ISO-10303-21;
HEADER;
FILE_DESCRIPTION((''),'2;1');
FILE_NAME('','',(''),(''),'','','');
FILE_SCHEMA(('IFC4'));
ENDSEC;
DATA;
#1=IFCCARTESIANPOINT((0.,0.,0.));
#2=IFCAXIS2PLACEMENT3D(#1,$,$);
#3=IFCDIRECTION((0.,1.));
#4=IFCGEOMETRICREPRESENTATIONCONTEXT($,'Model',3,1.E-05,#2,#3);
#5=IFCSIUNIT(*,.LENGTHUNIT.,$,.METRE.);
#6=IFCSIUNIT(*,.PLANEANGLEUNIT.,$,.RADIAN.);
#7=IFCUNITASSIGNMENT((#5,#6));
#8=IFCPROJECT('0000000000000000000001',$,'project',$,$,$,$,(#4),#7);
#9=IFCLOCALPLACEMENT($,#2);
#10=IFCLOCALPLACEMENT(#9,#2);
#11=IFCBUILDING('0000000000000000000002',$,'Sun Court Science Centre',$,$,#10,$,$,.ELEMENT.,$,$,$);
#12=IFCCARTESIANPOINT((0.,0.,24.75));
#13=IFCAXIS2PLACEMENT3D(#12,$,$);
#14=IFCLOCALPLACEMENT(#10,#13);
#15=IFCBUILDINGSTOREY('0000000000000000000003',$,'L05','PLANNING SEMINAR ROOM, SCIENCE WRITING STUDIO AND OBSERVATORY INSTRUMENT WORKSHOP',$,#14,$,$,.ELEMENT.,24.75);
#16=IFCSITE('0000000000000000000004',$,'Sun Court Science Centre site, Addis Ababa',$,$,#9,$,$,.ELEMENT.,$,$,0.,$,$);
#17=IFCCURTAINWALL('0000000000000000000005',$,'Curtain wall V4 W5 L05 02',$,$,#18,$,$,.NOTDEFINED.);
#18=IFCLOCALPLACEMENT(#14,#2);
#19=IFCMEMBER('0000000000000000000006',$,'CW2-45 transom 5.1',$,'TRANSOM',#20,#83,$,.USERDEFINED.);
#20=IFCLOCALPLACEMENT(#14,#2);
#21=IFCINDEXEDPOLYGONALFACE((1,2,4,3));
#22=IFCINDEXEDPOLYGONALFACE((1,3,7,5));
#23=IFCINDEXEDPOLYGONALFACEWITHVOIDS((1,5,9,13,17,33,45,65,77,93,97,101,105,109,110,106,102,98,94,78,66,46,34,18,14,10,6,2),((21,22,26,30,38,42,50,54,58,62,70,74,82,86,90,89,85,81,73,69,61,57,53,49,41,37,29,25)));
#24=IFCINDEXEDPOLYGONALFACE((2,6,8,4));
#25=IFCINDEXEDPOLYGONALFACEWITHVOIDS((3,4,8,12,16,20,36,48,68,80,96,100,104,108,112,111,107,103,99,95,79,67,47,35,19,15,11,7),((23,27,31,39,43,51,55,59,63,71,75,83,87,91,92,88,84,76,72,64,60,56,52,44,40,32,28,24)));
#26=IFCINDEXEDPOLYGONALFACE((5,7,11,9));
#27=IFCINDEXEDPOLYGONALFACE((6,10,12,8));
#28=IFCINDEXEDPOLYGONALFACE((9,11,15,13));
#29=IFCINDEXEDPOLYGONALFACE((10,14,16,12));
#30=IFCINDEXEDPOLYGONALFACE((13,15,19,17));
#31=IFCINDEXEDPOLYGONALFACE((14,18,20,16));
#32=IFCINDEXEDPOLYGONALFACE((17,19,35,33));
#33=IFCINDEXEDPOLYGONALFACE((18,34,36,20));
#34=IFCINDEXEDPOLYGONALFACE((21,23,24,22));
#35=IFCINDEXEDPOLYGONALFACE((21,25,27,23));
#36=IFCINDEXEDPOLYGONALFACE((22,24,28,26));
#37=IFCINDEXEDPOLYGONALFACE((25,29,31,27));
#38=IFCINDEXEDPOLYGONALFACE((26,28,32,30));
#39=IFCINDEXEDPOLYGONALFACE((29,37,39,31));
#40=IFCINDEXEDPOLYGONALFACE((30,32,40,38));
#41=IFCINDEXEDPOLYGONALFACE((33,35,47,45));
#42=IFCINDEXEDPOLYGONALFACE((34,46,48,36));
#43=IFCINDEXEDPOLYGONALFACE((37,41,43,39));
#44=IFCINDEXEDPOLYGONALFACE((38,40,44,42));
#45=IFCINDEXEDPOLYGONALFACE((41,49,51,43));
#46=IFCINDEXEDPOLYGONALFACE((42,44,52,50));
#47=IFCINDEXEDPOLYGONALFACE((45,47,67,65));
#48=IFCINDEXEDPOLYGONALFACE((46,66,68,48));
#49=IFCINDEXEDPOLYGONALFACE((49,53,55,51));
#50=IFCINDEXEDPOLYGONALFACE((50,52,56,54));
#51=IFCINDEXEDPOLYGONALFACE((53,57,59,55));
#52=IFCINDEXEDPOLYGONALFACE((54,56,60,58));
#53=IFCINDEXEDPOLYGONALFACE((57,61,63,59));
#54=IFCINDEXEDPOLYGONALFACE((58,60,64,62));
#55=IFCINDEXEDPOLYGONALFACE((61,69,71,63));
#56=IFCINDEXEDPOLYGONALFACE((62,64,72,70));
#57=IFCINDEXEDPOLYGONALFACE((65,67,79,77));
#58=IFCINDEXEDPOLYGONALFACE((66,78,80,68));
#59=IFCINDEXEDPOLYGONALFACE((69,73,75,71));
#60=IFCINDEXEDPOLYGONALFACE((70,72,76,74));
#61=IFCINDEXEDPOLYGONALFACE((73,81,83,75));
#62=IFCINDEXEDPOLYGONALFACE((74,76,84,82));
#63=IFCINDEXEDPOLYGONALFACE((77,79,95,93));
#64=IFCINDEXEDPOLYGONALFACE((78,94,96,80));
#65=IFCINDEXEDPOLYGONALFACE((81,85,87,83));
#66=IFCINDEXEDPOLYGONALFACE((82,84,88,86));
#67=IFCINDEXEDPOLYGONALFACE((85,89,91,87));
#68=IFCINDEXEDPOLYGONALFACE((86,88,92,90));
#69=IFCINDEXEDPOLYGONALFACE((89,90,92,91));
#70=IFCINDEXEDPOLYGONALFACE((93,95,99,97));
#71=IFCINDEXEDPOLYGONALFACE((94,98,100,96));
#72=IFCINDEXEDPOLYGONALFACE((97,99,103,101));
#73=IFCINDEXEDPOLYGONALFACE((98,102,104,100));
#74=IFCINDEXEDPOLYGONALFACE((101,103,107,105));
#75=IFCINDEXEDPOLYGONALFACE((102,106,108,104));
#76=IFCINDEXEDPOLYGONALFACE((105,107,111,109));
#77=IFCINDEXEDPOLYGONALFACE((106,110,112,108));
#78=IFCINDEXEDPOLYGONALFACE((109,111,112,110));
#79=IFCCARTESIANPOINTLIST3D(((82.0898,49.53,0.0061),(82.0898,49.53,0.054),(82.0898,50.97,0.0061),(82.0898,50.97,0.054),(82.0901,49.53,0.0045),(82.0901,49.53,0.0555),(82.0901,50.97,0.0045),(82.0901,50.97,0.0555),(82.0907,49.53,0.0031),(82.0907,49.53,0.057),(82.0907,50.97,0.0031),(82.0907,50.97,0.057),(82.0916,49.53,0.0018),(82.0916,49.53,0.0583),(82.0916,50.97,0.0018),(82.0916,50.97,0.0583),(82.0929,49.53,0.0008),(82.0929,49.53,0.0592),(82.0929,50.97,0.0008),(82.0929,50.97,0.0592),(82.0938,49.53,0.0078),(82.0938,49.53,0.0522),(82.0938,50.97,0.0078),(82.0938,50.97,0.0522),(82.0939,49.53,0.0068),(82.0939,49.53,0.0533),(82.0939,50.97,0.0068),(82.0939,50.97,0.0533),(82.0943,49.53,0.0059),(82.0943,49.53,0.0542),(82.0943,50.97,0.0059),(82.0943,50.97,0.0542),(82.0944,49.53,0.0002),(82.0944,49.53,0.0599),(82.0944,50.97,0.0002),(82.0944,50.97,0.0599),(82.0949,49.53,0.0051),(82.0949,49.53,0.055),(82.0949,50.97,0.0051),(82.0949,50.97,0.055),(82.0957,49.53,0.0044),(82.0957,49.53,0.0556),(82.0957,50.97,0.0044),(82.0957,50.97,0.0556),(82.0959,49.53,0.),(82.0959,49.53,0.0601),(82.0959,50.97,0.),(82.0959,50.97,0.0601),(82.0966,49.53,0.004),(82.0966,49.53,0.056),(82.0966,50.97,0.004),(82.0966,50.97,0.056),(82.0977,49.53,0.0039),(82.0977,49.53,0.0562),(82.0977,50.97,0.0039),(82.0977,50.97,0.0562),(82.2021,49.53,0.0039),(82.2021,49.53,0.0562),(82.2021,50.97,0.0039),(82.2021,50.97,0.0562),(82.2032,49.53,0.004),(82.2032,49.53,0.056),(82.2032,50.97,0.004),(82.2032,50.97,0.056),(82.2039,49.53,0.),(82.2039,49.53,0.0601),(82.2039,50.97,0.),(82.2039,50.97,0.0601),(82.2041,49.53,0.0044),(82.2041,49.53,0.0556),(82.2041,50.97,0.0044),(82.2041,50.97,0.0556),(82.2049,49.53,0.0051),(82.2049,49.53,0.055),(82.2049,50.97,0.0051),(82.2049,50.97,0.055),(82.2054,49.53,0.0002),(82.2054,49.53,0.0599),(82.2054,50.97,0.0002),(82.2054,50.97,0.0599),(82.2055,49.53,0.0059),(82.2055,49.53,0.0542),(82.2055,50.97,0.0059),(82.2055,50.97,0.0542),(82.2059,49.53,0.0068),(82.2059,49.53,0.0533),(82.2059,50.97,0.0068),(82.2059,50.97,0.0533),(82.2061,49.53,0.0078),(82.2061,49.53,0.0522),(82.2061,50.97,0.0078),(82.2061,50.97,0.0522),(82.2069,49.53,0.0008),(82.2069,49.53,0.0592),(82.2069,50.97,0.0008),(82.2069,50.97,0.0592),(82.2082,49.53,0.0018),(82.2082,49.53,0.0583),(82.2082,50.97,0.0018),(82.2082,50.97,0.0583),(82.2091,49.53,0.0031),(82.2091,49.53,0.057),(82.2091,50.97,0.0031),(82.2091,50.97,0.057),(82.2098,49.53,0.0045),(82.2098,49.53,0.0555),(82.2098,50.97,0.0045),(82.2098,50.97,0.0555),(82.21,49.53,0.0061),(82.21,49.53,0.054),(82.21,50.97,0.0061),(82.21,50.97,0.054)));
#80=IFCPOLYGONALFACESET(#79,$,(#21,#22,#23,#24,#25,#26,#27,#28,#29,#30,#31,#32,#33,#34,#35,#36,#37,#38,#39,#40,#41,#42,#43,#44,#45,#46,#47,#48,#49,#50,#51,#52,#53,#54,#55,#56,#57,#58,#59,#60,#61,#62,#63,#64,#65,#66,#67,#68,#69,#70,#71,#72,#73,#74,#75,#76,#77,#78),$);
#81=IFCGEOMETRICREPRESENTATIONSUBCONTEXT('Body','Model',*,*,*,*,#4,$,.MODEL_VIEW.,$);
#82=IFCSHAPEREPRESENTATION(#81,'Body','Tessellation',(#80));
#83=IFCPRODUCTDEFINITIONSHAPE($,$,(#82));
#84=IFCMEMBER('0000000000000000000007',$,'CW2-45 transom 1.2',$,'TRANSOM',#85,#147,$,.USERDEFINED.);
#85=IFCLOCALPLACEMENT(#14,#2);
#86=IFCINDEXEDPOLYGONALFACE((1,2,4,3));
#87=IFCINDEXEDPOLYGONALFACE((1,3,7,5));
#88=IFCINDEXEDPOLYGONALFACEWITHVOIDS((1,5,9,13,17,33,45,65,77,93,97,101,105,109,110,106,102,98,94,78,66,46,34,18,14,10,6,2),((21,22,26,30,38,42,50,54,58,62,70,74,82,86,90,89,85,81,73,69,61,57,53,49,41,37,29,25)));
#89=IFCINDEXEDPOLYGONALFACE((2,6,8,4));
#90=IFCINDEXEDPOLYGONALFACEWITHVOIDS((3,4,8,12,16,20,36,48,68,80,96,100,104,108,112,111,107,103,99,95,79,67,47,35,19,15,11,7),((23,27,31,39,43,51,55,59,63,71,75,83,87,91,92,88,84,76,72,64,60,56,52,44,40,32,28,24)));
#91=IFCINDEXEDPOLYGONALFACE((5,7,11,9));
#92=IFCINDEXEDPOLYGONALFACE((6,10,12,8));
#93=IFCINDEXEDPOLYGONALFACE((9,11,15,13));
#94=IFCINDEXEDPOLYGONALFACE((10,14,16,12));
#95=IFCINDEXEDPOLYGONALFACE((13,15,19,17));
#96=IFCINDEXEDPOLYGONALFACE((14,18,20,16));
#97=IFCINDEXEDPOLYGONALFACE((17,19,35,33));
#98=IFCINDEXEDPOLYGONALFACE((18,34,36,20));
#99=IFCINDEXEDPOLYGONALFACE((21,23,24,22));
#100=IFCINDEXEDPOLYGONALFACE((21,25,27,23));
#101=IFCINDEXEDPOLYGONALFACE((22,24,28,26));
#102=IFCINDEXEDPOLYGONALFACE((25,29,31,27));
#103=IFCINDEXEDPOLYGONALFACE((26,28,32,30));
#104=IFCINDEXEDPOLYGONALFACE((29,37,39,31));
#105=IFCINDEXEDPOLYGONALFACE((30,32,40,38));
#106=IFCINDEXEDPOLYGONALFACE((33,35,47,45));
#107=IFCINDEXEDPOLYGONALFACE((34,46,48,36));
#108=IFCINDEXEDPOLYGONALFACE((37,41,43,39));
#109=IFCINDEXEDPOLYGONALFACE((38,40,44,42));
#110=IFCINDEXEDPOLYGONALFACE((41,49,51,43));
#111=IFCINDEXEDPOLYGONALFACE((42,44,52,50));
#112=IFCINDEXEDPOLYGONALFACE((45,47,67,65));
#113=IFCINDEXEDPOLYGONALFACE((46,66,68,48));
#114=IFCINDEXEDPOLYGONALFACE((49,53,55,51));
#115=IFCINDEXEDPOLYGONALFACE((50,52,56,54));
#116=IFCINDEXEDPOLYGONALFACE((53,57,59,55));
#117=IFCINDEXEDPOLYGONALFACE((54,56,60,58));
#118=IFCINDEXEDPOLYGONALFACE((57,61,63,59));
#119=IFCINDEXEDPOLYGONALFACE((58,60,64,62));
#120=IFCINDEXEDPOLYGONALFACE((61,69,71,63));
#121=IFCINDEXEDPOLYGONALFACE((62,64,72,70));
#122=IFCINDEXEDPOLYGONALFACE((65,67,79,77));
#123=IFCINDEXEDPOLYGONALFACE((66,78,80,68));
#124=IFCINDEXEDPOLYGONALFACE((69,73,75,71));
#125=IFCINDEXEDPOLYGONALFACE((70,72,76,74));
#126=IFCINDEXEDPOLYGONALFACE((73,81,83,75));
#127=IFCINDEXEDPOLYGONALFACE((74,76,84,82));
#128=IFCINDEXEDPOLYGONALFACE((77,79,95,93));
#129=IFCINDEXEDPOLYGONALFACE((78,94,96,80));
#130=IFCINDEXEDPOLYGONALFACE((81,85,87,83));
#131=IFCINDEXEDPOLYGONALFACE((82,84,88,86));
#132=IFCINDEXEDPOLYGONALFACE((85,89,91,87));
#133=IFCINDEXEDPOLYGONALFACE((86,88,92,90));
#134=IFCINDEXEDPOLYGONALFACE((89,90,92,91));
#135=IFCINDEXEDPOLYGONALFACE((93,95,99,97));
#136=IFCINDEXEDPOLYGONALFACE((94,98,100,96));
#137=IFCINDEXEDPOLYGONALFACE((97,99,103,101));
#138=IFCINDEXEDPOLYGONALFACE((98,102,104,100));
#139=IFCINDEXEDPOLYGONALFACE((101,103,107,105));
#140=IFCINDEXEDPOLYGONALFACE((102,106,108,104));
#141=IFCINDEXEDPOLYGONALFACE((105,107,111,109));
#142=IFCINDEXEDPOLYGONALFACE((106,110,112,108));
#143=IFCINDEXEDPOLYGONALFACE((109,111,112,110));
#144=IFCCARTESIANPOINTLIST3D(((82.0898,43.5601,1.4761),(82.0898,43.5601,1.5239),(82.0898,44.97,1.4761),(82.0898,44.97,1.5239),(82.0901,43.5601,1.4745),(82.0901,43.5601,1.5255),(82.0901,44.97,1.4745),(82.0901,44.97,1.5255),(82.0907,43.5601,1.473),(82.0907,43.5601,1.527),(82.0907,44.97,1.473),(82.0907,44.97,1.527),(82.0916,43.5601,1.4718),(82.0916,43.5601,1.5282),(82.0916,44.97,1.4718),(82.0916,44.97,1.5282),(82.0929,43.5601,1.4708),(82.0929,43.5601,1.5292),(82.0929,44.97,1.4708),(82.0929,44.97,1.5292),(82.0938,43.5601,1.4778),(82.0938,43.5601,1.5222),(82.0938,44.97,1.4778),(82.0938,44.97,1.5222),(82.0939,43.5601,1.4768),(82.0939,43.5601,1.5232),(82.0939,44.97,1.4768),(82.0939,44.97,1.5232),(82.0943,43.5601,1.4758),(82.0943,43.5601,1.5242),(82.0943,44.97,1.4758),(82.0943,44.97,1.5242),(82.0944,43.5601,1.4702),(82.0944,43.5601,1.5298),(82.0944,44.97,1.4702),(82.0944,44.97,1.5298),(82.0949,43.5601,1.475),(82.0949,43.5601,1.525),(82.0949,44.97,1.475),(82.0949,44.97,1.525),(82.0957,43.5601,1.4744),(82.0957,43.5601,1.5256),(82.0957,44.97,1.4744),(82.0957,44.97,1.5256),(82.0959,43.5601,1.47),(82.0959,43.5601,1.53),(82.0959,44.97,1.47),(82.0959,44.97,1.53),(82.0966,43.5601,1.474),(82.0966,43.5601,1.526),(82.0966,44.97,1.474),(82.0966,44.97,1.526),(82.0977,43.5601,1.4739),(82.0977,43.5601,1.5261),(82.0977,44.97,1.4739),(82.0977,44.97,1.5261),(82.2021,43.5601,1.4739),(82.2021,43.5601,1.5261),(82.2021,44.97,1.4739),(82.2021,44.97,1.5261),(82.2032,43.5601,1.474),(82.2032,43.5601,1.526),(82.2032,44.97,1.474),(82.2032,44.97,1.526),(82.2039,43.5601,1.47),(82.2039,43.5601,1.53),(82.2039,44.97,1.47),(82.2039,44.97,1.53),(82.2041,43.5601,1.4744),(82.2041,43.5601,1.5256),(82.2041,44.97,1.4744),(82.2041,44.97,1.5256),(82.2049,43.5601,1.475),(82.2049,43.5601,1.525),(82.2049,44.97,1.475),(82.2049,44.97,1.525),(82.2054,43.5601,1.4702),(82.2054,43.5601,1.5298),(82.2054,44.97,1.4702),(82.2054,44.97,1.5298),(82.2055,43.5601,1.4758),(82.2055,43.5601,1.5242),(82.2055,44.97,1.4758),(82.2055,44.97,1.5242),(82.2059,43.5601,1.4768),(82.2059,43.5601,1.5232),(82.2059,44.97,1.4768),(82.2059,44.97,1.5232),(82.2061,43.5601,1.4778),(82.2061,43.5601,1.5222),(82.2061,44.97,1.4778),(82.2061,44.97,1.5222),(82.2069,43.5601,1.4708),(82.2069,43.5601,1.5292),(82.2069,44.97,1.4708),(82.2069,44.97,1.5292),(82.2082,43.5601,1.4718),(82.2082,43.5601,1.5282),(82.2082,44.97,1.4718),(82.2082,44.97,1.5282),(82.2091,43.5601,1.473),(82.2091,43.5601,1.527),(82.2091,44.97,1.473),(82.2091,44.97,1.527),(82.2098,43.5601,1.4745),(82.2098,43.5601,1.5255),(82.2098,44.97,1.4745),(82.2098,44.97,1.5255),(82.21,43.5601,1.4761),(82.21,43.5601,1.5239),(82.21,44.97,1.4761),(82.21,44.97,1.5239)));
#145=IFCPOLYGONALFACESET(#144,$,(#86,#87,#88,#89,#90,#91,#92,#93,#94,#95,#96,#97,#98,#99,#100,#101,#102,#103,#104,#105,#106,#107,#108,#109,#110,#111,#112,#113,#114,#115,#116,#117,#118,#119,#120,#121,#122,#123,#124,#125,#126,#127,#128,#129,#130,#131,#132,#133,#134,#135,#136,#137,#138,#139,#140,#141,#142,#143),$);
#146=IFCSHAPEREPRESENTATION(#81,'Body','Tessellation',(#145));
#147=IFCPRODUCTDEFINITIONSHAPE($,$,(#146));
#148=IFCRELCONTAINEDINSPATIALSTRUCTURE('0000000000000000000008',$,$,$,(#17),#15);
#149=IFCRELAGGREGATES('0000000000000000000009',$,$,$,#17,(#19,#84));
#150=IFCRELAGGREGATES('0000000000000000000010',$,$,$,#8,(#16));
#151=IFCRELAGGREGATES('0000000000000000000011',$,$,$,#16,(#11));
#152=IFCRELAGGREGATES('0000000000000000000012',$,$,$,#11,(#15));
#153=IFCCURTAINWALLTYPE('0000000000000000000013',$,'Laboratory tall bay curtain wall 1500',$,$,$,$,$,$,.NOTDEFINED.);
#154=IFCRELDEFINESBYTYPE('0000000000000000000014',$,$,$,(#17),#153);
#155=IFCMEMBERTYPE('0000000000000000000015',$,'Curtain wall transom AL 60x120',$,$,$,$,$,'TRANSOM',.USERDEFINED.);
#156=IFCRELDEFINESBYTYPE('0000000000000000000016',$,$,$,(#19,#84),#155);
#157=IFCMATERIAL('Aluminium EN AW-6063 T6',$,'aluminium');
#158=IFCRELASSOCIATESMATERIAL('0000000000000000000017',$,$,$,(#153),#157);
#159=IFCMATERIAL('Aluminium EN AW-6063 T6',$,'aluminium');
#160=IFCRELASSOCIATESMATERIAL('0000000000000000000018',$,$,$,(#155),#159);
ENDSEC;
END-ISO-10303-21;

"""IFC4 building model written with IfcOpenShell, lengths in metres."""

from ifc_helpers import new_model, si_unit, direction, frame, origin, origin_2d, place, context, subcontext, project, spatial, hollow_rectangle, extrude, material, material_profile, profile_set, type_object, element, aggregate, save


model = new_model("IFC4")

# Units and contexts
model_context = context("Model", 3, precision=1e-05, world=origin(), true_north=direction((0.0, 1.0)))
body_context = subcontext(model_context, "Body", "Model", "MODEL_VIEW")
ifc_project = project(units=[si_unit("LENGTHUNIT", "METRE"), si_unit("PLANEANGLEUNIT", "RADIAN")], contexts=[model_context])

# Site, building, storey
site_placement = place(None, origin())
site = spatial("IfcSite", under=ifc_project, at=site_placement, Name="Sun Court Science Centre site, Addis Ababa", CompositionType="ELEMENT", RefElevation=0.0)
building_placement = place(site_placement, origin())
building = spatial("IfcBuilding", under=site, at=building_placement, Name="Sun Court Science Centre", CompositionType="ELEMENT")
storey_placement = place(building_placement, frame((0.0, 0.0, 24.75)))
storey = spatial("IfcBuildingStorey", under=building, at=storey_placement, Name="L05", Description="PLANNING SEMINAR ROOM, SCIENCE WRITING STUDIO AND OBSERVATORY INSTRUMENT WORKSHOP", CompositionType="ELEMENT", Elevation=24.75)

# Curtain wall, members
ifc_material_1 = material(Name="Aluminium EN AW-6063 T6", Category="aluminium")
curtain_wall_type = type_object("IfcCurtainWallType", Name="Laboratory tall bay curtain wall 1500", PredefinedType="NOTDEFINED", material=ifc_material_1)
curtain_wall_placement = place(storey_placement, origin())
curtain_wall = element("IfcCurtainWall", 1, at=curtain_wall_placement, inside=storey, type_object=curtain_wall_type, Name="Curtain wall V4 W5 L05 02", PredefinedType="NOTDEFINED")
ifc_material_2 = material(Name="Aluminium EN AW-6063 T6", Category="aluminium")
ifc_material_profile_1 = material_profile(ifc_material_2, hollow_rectangle(XDim=0.0601, YDim=0.1201, WallThickness=0.0039, InnerFilletRadius=0.0039, OuterFilletRadius=0.0061, at=origin_2d()), Name="AL 60x120x4")
ifc_profile_set_1 = profile_set([ifc_material_profile_1], Name="Aluminium EN AW-6063 T6")
member_type_1 = type_object("IfcMemberType", Name="Curtain wall transom AL 60x120", ElementType="TRANSOM", PredefinedType="USERDEFINED", material=ifc_profile_set_1)
member_1_placement = place(storey_placement, frame((82.1499, 49.53, 0.03), z_axis=(0.0, 1.0, 0.0), x_axis=(0.0, 0.0, 1.0)))
member_1 = element("IfcMember", 2, at=member_1_placement, type_object=member_type_1, Name="CW2-45 transom 5.1", ObjectType="TRANSOM", PredefinedType="USERDEFINED", context=body_context, shape_type="SweptSolid", body=[
    extrude(hollow_rectangle(XDim=0.0601, YDim=0.1201, WallThickness=0.0039, InnerFilletRadius=0.0039, OuterFilletRadius=0.0061, at=origin_2d()), origin(), (0.0, 0.0, 1.0), 1.4399),
])
member_2_placement = place(storey_placement, frame((82.1499, 43.5601, 1.5), z_axis=(0.0, 1.0, 0.0), x_axis=(0.0, 0.0, 1.0)))
member_2 = element("IfcMember", 3, at=member_2_placement, type_object=member_type_1, Name="CW2-45 transom 1.2", ObjectType="TRANSOM", PredefinedType="USERDEFINED", context=body_context, shape_type="SweptSolid", body=[
    extrude(hollow_rectangle(XDim=0.0601, YDim=0.1201, WallThickness=0.0039, InnerFilletRadius=0.0039, OuterFilletRadius=0.0061, at=origin_2d()), origin(), (0.0, 0.0, 1.0), 1.4099),
])

aggregate(curtain_wall, [member_1, member_2])

save(model, "model.ifc")
